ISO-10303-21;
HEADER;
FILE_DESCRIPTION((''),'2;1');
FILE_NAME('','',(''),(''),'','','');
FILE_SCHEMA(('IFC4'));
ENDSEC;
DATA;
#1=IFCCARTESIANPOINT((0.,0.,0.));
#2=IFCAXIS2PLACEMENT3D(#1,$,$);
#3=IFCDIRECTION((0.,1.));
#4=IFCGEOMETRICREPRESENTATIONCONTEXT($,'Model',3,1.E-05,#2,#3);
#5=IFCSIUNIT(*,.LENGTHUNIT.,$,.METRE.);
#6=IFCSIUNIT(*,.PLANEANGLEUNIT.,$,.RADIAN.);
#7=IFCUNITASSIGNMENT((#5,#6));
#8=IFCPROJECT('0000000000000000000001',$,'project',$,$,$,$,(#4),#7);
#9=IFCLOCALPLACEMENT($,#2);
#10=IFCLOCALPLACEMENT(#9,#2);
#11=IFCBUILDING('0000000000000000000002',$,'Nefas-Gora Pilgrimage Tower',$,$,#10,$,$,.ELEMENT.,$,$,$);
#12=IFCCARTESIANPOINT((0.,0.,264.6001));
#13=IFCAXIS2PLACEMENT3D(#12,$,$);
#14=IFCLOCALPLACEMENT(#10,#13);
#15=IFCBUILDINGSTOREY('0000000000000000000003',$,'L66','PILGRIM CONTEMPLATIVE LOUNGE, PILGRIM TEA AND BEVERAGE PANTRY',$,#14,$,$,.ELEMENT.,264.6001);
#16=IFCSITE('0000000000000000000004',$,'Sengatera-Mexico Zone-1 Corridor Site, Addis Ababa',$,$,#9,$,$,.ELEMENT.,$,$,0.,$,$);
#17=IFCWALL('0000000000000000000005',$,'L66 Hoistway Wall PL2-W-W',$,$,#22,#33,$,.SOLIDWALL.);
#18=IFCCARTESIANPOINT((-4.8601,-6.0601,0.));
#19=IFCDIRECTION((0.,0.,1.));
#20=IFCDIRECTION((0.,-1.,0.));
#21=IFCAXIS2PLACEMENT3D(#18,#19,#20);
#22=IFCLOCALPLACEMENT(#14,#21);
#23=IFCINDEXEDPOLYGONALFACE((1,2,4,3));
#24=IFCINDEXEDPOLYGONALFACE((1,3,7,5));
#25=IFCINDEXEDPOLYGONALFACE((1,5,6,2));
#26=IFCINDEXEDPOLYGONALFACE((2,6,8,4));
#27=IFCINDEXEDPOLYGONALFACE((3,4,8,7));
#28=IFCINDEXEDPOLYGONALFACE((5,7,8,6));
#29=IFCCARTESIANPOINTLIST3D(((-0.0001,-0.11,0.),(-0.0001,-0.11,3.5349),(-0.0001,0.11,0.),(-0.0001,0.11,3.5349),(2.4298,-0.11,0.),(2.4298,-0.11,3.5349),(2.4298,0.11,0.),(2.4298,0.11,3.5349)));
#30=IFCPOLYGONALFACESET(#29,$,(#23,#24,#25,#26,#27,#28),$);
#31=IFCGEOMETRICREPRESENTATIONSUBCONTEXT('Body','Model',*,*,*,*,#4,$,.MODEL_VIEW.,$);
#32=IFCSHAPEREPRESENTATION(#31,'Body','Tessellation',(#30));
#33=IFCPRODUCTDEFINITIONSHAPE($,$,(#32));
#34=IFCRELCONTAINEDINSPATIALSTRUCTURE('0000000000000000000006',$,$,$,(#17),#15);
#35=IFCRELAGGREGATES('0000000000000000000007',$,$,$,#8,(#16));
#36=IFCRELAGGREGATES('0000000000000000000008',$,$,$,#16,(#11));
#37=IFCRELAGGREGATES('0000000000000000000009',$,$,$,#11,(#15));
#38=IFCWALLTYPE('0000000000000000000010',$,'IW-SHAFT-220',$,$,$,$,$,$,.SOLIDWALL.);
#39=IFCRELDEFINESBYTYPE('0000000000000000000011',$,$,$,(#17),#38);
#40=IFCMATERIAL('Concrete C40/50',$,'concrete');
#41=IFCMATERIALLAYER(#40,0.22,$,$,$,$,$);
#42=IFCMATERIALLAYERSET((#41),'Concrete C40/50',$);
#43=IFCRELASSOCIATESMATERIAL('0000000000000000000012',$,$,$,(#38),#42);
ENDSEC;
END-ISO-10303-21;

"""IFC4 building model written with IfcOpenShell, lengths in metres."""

from ifc_helpers import new_model, si_unit, direction, frame, frame_2d, origin, place, context, subcontext, project, spatial, rectangle, extrude, source, transform, mapped, material, layer, layer_set, type_object, element, save


model = new_model("IFC4")

# Units and contexts
model_context = context("Model", 3, precision=1e-05, world=origin(), true_north=direction((0.0, 1.0)))
body_context = subcontext(model_context, "Body", "Model", "MODEL_VIEW")
ifc_project = project(units=[si_unit("LENGTHUNIT", "METRE"), si_unit("PLANEANGLEUNIT", "RADIAN")], contexts=[model_context])

# Site, building, storey
site_placement = place(None, origin())
site = spatial("IfcSite", under=ifc_project, at=site_placement, Name="Sengatera-Mexico Zone-1 Corridor Site, Addis Ababa", CompositionType="ELEMENT", RefElevation=0.0)
building_placement = place(site_placement, origin())
building = spatial("IfcBuilding", under=site, at=building_placement, Name="Nefas-Gora Pilgrimage Tower", CompositionType="ELEMENT")
storey_placement = place(building_placement, frame((0.0, 0.0, 264.6001)))
storey = spatial("IfcBuildingStorey", under=building, at=storey_placement, Name="L66", Description="PILGRIM CONTEMPLATIVE LOUNGE, PILGRIM TEA AND BEVERAGE PANTRY", CompositionType="ELEMENT", Elevation=264.6001)

# Wall
ifc_material_1 = material(Name="Concrete C40/50", Category="concrete")
ifc_layer_1 = layer(ifc_material_1, 0.22)
ifc_layer_set_1 = layer_set([ifc_layer_1], Name="Concrete C40/50")
wall_type_1 = type_object("IfcWallType", Name="IW-SHAFT-220", PredefinedType="SOLIDWALL", material=ifc_layer_set_1)
shared_shape_1 = source(origin(), body_context, "Body", "SweptSolid", [
    extrude(rectangle(XDim=2.4299, YDim=0.22, at=frame_2d((1.2148, 0.0))), origin(), (0.0, 0.0, 1.0), 3.5349),
])
wall_1_placement = place(storey_placement, frame((-4.8601, -6.0601, 0.0), z_axis=(0.0, 0.0, 1.0), x_axis=(0.0, -1.0, 0.0)))
element("IfcWall", 1, at=wall_1_placement, inside=storey, type_object=wall_type_1, Name="L66 Hoistway Wall PL2-W-W", PredefinedType="SOLIDWALL", context=body_context, shape_type="MappedRepresentation", body=[
    mapped(shared_shape_1, transform((0.0, 0.0, 0.0), x_axis=(1.0, 0.0, 0.0), y_axis=(0.0, 1.0, 0.0), z_axis=(0.0, 0.0, 1.0), scale=1.0)),
])

save(model, "model.ifc")
